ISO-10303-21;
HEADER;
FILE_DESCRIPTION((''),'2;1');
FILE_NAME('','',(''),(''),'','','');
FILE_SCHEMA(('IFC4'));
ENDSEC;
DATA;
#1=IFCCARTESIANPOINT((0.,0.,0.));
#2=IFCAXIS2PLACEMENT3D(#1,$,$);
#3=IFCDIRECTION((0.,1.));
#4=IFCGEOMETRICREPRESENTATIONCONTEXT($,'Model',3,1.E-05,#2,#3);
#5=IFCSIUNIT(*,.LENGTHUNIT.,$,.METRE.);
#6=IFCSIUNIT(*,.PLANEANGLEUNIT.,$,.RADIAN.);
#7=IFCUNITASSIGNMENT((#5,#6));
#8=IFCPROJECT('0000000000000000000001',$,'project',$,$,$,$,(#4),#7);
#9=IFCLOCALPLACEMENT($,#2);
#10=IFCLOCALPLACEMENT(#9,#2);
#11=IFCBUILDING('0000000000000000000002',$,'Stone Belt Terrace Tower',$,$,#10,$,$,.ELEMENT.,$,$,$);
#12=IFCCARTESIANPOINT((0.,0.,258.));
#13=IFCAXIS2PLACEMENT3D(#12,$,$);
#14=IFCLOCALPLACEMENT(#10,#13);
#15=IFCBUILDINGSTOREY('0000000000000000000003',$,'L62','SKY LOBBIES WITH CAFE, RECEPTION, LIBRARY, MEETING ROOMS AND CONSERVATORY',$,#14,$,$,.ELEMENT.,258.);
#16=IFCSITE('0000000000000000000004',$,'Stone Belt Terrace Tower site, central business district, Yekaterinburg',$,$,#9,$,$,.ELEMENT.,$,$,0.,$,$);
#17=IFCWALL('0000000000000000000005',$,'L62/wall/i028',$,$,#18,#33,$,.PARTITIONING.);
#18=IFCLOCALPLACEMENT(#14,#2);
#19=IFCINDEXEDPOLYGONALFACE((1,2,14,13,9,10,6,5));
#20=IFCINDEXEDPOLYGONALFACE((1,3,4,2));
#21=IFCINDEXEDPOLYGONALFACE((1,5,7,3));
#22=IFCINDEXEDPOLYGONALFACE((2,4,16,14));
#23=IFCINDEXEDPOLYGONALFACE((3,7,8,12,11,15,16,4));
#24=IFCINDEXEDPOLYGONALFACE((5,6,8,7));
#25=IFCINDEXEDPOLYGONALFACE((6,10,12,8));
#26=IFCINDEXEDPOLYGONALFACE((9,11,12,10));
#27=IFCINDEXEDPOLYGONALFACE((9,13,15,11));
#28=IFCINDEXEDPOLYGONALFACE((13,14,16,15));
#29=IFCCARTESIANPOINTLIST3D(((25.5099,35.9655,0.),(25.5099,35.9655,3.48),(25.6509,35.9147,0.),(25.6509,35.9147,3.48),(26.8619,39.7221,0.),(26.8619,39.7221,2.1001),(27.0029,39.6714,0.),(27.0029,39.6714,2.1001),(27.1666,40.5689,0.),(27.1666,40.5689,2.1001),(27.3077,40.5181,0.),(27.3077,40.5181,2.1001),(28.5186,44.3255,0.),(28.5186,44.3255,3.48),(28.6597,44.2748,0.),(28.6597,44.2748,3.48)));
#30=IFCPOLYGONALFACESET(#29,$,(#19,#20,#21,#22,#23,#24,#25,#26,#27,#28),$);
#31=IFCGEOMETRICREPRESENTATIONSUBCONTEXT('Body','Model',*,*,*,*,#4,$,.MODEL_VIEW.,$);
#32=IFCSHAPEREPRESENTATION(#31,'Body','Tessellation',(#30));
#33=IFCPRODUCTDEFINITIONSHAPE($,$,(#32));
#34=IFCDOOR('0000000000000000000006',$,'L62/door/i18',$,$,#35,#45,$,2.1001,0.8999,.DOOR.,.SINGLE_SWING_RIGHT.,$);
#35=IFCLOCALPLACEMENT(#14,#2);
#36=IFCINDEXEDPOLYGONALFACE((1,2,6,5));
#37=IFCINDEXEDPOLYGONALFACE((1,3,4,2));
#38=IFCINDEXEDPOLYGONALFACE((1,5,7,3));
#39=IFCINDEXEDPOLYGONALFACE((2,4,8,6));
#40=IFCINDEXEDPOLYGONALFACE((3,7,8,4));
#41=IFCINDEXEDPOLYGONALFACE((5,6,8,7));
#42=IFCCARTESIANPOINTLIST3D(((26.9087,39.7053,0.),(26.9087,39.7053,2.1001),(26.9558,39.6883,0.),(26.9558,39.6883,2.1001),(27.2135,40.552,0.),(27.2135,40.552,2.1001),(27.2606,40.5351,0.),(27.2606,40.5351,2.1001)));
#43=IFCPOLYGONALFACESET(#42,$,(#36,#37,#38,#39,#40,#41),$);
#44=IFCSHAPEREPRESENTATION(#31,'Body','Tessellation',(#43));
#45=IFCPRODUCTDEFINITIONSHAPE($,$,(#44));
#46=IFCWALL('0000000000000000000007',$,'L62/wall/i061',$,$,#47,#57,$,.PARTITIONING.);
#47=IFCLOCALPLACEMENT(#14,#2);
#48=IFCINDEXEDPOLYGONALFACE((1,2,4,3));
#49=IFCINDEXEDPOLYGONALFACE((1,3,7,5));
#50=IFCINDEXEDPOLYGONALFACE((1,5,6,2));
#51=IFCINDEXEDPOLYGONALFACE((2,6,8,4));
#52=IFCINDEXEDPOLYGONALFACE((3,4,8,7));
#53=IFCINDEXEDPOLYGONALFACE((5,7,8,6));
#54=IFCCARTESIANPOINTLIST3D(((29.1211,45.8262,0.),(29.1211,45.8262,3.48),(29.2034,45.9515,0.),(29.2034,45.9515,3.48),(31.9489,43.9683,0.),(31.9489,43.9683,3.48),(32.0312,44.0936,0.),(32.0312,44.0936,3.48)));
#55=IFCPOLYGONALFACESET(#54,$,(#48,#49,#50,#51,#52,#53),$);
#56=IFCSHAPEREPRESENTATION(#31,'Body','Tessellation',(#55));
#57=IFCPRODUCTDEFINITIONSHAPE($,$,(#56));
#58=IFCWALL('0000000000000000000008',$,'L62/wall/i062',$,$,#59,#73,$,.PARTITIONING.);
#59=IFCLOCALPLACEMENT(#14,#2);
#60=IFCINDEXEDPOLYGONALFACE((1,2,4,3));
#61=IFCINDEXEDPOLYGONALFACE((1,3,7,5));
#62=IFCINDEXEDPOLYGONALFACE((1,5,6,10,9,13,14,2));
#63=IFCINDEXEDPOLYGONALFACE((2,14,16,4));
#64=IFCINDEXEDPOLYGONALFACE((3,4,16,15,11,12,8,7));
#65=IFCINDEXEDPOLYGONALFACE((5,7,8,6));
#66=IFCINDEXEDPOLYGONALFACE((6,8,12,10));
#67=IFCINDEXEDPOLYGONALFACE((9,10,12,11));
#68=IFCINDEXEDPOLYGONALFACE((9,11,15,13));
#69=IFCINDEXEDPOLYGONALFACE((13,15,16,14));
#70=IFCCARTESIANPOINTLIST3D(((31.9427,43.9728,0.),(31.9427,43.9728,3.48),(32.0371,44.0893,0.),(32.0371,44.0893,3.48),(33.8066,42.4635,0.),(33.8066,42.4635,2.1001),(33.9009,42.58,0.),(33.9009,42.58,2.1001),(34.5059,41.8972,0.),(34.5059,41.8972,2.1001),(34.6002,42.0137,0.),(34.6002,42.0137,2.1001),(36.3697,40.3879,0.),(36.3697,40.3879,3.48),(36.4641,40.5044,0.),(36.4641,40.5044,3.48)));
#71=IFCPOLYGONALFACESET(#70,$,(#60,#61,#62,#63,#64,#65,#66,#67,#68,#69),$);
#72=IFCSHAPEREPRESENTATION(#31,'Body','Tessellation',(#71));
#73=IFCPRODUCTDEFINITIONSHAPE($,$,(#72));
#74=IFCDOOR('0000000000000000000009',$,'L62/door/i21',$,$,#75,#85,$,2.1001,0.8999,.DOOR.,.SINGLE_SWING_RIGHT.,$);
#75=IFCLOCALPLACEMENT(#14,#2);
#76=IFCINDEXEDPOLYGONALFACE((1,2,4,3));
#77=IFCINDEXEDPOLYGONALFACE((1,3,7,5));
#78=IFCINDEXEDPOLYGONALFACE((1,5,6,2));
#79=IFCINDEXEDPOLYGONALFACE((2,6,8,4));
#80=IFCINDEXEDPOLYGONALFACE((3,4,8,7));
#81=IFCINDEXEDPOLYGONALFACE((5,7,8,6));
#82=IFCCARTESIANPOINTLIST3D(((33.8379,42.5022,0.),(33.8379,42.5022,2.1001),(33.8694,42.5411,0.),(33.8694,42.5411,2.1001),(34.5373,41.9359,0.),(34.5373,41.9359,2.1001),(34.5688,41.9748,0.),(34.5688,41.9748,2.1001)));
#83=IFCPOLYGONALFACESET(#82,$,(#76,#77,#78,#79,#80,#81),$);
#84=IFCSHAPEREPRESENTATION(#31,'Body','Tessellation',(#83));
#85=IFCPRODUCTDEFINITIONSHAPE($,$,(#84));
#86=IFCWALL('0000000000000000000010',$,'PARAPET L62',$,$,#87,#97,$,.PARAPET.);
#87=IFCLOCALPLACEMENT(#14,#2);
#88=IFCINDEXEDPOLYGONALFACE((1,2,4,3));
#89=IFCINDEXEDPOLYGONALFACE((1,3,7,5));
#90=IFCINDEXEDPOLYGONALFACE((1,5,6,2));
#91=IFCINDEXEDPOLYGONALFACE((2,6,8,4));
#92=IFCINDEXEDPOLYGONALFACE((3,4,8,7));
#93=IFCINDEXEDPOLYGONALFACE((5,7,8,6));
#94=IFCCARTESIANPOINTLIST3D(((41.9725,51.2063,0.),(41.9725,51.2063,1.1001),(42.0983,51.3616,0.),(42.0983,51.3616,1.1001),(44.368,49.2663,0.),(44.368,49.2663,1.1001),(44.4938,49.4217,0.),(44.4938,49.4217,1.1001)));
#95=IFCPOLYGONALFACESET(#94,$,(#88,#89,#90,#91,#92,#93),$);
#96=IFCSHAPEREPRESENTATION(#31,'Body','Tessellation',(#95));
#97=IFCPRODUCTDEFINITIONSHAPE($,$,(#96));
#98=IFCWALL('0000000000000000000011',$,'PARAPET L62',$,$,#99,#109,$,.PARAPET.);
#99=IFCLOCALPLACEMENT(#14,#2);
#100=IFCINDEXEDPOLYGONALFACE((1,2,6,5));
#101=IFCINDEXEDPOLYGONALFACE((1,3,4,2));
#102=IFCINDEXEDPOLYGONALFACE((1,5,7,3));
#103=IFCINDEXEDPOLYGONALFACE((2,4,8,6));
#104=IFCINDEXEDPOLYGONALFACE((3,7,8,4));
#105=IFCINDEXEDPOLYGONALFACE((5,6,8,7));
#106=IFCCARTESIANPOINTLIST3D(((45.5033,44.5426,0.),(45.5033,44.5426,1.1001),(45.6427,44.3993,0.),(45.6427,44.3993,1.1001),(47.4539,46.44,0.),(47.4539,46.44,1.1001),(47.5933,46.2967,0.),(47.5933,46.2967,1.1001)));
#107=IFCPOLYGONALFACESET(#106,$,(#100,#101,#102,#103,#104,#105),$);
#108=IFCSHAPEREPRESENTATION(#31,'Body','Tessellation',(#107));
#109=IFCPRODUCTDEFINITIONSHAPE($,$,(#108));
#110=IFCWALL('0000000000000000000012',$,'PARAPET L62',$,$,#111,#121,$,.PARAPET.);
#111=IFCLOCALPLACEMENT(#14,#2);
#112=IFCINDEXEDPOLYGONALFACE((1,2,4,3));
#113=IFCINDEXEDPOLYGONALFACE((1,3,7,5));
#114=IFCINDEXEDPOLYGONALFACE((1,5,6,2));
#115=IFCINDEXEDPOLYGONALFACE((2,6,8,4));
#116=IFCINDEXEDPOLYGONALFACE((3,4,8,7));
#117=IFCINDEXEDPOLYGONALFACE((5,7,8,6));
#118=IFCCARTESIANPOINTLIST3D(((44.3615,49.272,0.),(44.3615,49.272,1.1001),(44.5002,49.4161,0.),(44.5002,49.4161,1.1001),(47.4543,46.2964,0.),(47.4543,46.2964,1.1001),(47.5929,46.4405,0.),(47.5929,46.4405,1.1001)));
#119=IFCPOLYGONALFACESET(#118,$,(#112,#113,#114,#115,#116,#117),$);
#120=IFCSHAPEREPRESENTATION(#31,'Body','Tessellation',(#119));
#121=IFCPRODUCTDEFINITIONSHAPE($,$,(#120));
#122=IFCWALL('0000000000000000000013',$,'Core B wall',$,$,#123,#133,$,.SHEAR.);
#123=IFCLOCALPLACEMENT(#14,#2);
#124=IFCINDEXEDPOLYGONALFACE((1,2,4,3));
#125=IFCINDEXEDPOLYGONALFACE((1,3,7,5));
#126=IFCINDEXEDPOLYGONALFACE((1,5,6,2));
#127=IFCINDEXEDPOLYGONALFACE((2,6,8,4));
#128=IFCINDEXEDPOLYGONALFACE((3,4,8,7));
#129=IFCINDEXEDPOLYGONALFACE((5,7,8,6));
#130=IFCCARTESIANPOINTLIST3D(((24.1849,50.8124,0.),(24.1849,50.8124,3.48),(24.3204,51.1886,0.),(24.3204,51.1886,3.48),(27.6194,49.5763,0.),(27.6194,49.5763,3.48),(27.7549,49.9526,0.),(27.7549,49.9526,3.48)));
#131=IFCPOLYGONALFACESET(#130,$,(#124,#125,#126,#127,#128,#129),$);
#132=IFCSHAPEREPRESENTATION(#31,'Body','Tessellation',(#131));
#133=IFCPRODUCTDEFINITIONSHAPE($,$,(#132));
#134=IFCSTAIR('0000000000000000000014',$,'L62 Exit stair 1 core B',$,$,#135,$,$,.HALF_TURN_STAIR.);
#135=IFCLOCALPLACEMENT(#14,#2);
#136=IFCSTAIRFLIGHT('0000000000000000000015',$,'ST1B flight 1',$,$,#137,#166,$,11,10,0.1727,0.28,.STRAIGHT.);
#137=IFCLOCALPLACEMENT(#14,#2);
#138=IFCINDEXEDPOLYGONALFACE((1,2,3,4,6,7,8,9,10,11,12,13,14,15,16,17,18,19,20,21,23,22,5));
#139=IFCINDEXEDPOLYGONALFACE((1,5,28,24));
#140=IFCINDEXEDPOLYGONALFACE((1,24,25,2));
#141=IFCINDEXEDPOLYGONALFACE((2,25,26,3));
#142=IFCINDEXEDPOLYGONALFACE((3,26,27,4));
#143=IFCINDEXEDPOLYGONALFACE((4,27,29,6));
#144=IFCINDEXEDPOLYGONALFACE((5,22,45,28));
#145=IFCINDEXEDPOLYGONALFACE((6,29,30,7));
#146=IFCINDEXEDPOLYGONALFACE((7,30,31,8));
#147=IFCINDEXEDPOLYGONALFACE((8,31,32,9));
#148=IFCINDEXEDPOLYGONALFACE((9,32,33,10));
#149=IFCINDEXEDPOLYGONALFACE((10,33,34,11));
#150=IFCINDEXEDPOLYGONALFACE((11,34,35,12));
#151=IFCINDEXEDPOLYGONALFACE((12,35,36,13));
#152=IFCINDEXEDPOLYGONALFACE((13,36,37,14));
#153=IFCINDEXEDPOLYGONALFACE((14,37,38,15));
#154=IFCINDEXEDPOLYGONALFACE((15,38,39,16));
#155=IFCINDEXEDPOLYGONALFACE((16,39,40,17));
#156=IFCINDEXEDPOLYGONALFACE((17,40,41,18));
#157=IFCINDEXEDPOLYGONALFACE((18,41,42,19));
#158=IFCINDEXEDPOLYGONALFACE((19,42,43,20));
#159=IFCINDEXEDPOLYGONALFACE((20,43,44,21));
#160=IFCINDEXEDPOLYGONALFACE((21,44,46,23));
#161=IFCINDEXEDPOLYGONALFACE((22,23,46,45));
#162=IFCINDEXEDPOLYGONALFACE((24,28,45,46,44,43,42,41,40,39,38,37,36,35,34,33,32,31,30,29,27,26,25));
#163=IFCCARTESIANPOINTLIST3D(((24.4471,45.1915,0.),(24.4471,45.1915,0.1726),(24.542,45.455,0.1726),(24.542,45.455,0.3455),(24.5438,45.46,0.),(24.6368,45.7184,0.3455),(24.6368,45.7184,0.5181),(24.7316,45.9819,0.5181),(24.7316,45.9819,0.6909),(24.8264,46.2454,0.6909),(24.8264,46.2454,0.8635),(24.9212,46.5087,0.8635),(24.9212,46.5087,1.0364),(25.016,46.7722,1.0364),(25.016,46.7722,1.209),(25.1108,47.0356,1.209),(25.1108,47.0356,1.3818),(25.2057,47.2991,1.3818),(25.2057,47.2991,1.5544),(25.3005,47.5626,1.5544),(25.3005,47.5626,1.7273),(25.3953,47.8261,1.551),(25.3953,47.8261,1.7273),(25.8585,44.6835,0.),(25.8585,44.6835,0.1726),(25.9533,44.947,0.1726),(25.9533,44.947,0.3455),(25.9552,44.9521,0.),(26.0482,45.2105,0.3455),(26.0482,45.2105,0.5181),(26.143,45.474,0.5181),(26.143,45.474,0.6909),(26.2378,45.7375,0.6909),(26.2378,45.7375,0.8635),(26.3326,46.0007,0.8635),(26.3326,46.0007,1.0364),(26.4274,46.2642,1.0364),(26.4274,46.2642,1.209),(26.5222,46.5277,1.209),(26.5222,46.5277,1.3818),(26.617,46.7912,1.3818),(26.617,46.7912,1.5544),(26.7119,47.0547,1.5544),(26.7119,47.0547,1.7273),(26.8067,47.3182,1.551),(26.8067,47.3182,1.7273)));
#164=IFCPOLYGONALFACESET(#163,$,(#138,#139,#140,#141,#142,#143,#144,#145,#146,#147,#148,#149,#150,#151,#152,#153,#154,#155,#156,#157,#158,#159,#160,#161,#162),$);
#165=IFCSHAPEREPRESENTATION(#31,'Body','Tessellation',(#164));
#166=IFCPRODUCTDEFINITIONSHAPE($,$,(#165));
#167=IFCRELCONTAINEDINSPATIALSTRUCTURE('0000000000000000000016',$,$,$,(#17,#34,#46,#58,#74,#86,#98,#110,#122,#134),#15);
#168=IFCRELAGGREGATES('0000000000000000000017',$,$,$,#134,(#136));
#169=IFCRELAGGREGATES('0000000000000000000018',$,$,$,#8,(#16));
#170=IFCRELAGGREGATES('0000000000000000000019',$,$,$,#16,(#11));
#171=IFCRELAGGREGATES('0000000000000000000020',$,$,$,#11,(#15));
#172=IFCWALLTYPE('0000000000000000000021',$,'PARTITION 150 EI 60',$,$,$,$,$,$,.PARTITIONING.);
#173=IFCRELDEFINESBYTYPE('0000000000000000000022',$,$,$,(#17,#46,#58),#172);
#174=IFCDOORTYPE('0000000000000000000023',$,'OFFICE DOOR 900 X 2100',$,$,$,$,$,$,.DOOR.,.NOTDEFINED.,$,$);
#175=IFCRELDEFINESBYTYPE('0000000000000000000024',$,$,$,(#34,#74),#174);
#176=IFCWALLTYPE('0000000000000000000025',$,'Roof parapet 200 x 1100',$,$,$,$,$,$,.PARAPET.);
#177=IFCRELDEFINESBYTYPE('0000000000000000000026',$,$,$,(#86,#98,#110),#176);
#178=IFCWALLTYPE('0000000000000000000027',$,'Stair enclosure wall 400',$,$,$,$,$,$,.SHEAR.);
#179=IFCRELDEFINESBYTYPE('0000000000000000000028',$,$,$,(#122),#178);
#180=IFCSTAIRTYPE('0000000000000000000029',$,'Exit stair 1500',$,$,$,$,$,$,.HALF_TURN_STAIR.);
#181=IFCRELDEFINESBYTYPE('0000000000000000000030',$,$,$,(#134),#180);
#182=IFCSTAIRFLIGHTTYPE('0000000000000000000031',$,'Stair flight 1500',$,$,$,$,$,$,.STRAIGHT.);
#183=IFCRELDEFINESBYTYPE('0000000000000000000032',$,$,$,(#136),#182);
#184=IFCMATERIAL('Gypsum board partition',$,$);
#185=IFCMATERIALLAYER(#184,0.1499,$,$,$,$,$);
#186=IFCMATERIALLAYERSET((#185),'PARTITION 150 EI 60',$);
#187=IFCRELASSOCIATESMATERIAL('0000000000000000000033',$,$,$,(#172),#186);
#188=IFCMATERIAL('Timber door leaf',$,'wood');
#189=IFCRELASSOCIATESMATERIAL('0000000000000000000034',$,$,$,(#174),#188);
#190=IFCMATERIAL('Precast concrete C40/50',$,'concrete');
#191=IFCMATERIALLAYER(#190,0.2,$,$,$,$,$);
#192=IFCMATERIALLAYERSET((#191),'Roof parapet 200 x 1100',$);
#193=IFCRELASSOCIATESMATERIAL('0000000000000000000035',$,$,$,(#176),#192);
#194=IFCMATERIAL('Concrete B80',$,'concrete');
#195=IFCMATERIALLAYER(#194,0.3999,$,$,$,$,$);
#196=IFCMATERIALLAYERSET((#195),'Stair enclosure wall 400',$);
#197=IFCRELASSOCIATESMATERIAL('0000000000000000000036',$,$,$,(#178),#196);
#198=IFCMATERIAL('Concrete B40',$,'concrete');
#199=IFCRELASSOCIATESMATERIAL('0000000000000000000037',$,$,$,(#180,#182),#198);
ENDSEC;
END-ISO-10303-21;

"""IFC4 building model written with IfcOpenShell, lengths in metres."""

from ifc_helpers import new_model, si_unit, direction, frame, frame_2d, origin, place, context, subcontext, project, spatial, polyline, rectangle, outline, extrude, material, layer, layer_set, type_object, element, fill, aggregate, save


model = new_model("IFC4")

# Units and contexts
model_context = context("Model", 3, precision=1e-05, world=origin(), true_north=direction((0.0, 1.0)))
body_context = subcontext(model_context, "Body", "Model", "MODEL_VIEW")
ifc_project = project(units=[si_unit("LENGTHUNIT", "METRE"), si_unit("PLANEANGLEUNIT", "RADIAN")], contexts=[model_context])

# Site, building, storey
site_placement = place(None, origin())
site = spatial("IfcSite", under=ifc_project, at=site_placement, Name="Stone Belt Terrace Tower site, central business district, Yekaterinburg", CompositionType="ELEMENT", RefElevation=0.0)
building_placement = place(site_placement, origin())
building = spatial("IfcBuilding", under=site, at=building_placement, Name="Stone Belt Terrace Tower", CompositionType="ELEMENT")
storey_placement = place(building_placement, frame((0.0, 0.0, 258.0)))
storey = spatial("IfcBuildingStorey", under=building, at=storey_placement, Name="L62", Description="SKY LOBBIES WITH CAFE, RECEPTION, LIBRARY, MEETING ROOMS AND CONSERVATORY", CompositionType="ELEMENT", Elevation=258.0)

# Shared definitions
ifc_material_1 = material(Name="Timber door leaf", Category="wood")

# Wall, opening, door
ifc_material_2 = material(Name="Gypsum board partition")
ifc_layer_1 = layer(ifc_material_2, 0.1499)
ifc_layer_set_1 = layer_set([ifc_layer_1], Name="PARTITION 150 EI 60")
wall_type_1 = type_object("IfcWallType", Name="PARTITION 150 EI 60", PredefinedType="PARTITIONING", material=ifc_layer_set_1)
wall_1_placement = place(storey_placement, frame((28.5891, 44.3, 0.0), z_axis=(0.0, 0.0, 1.0), x_axis=(-0.338635, -0.940918, 0.0)))
wall_1 = element("IfcWall", 1, at=wall_1_placement, inside=storey, type_object=wall_type_1, Name="L62/wall/i028", PredefinedType="PARTITIONING", context=body_context, shape_type="SweptSolid", body=[
    extrude(rectangle(XDim=8.885, YDim=0.1499, at=frame_2d((4.4424, 0.0))), origin(), (0.0, 0.0, 1.0), 3.48),
])
opening_1_placement = place(wall_1_placement, frame((3.9924, 0.0, 0.0)))
opening_1 = element("IfcOpeningElement", 2, at=opening_1_placement, cuts=wall_1, PredefinedType="OPENING", context=body_context, shape_type="SweptSolid", body=[
    extrude(rectangle(XDim=0.8999, YDim=2.1001, at=frame_2d((0.45, 1.05))), frame((0.0, 0.085, 0.0), z_axis=(0.0, -1.0, 0.0), x_axis=(1.0, 0.0, 0.0)), (0.0, 0.0, 1.0), 0.1699),
])
door_type_1 = type_object("IfcDoorType", Name="OFFICE DOOR 900 X 2100", OperationType="NOTDEFINED", PredefinedType="DOOR", material=ifc_material_1)
door_1_placement = place(opening_1_placement, origin())
door_1 = element("IfcDoor", 3, at=door_1_placement, inside=storey, type_object=door_type_1, Name="L62/door/i18", OperationType="SINGLE_SWING_RIGHT", OverallHeight=2.1001, OverallWidth=0.8999, PredefinedType="DOOR", context=body_context, shape_type="SweptSolid", body=[
    extrude(rectangle(XDim=0.8999, YDim=2.1001, at=frame_2d((0.45, 1.05))), frame((0.0, 0.0249, 0.0), z_axis=(0.0, -1.0, 0.0), x_axis=(1.0, 0.0, 0.0)), (0.0, 0.0, 1.0), 0.05),
])
fill(opening_1, door_1)

# Wall
wall_2_placement = place(storey_placement, frame((29.1621, 45.8889, 0.0), z_axis=(0.0, 0.0, 1.0), x_axis=(0.835761, -0.549093, 0.0)))
element("IfcWall", 4, at=wall_2_placement, inside=storey, type_object=wall_type_1, Name="L62/wall/i061", PredefinedType="PARTITIONING", context=body_context, shape_type="SweptSolid", body=[
    extrude(rectangle(XDim=3.3835, YDim=0.1499, at=frame_2d((1.6919, 0.0))), origin(), (0.0, 0.0, 1.0), 3.48),
])

# Wall, opening, door
wall_3_placement = place(storey_placement, frame((31.99, 44.031, 0.0), z_axis=(0.0, 0.0, 1.0), x_axis=(0.777142, -0.629325, 0.0)))
wall_3 = element("IfcWall", 5, at=wall_3_placement, inside=storey, type_object=wall_type_1, Name="L62/wall/i062", PredefinedType="PARTITIONING", context=body_context, shape_type="SweptSolid", body=[
    extrude(rectangle(XDim=5.6965, YDim=0.1499, at=frame_2d((2.8481, 0.0))), origin(), (0.0, 0.0, 1.0), 3.48),
])
opening_2_placement = place(wall_3_placement, frame((2.3982, 0.0, 0.0)))
opening_2 = element("IfcOpeningElement", 6, at=opening_2_placement, cuts=wall_3, PredefinedType="OPENING", context=body_context, shape_type="SweptSolid", body=[
    extrude(rectangle(XDim=0.8999, YDim=2.1001, at=frame_2d((0.45, 1.05))), frame((0.0, 0.085, 0.0), z_axis=(0.0, -1.0, 0.0), x_axis=(1.0, 0.0, 0.0)), (0.0, 0.0, 1.0), 0.1699),
])
door_2_placement = place(opening_2_placement, origin())
door_2 = element("IfcDoor", 7, at=door_2_placement, inside=storey, type_object=door_type_1, Name="L62/door/i21", OperationType="SINGLE_SWING_RIGHT", OverallHeight=2.1001, OverallWidth=0.8999, PredefinedType="DOOR", context=body_context, shape_type="SweptSolid", body=[
    extrude(rectangle(XDim=0.8999, YDim=2.1001, at=frame_2d((0.45, 1.05))), frame((0.0, 0.0249, 0.0), z_axis=(0.0, -1.0, 0.0), x_axis=(1.0, 0.0, 0.0)), (0.0, 0.0, 1.0), 0.05),
])
fill(opening_2, door_2)

# Walls
ifc_material_3 = material(Name="Precast concrete C40/50", Category="concrete")
ifc_layer_2 = layer(ifc_material_3, 0.2)
ifc_layer_set_2 = layer_set([ifc_layer_2], Name="Roof parapet 200 x 1100")
wall_type_2 = type_object("IfcWallType", Name="Roof parapet 200 x 1100", PredefinedType="PARAPET", material=ifc_layer_set_2)
wall_4_placement = place(storey_placement, frame((44.4309, 49.344, 0.0), z_axis=(0.0, 0.0, 1.0), x_axis=(-0.777131, 0.629339, 0.0)))
element("IfcWall", 8, at=wall_4_placement, inside=storey, type_object=wall_type_2, Name="PARAPET L62", PredefinedType="PARAPET", context=body_context, shape_type="SweptSolid", body=[
    extrude(rectangle(XDim=3.0825, YDim=0.2, at=frame_2d((1.5413, 0.0))), origin(), (0.0, 0.0, 1.0), 1.1001),
])
wall_5_placement = place(storey_placement, frame((45.573, 44.4709, 0.0), z_axis=(0.0, 0.0, 1.0), x_axis=(0.716818, 0.69726, 0.0)))
element("IfcWall", 9, at=wall_5_placement, inside=storey, type_object=wall_type_2, Name="PARAPET L62", PredefinedType="PARAPET", context=body_context, shape_type="SweptSolid", body=[
    extrude(rectangle(XDim=2.7212, YDim=0.2, at=frame_2d((1.3606, 0.0))), origin(), (0.0, 0.0, 1.0), 1.1001),
])
wall_6_placement = place(storey_placement, frame((47.5237, 46.3684, 0.0), z_axis=(0.0, 0.0, 1.0), x_axis=(-0.720628, 0.693322, 0.0)))
element("IfcWall", 10, at=wall_6_placement, inside=storey, type_object=wall_type_2, Name="PARAPET L62", PredefinedType="PARAPET", context=body_context, shape_type="SweptSolid", body=[
    extrude(rectangle(XDim=4.2917, YDim=0.2, at=frame_2d((2.146, 0.0))), origin(), (0.0, 0.0, 1.0), 1.1001),
])
ifc_material_4 = material(Name="Concrete B80", Category="concrete")
ifc_layer_3 = layer(ifc_material_4, 0.3999)
ifc_layer_set_3 = layer_set([ifc_layer_3], Name="Stair enclosure wall 400")
wall_type_3 = type_object("IfcWallType", Name="Stair enclosure wall 400", PredefinedType="SHEAR", material=ifc_layer_set_3)
wall_7_placement = place(storey_placement, frame((27.6873, 49.7644, 0.0), z_axis=(0.0, 0.0, 1.0), x_axis=(-0.940919, 0.338632, 0.0)))
element("IfcWall", 11, at=wall_7_placement, inside=storey, type_object=wall_type_3, Name="Core B wall", PredefinedType="SHEAR", context=body_context, shape_type="SweptSolid", body=[
    extrude(rectangle(XDim=3.6501, YDim=0.3999, at=frame_2d((1.8252, 0.0))), origin(), (0.0, 0.0, 1.0), 3.48),
])

# Stair, stair flight
ifc_material_5 = material(Name="Concrete B40", Category="concrete")
stair_type = type_object("IfcStairType", Name="Exit stair 1500", PredefinedType="HALF_TURN_STAIR", material=ifc_material_5)
stair_placement = place(storey_placement, origin())
stair = element("IfcStair", 12, at=stair_placement, inside=storey, type_object=stair_type, Name="L62 Exit stair 1 core B", PredefinedType="HALF_TURN_STAIR")
stair_flight_type = type_object("IfcStairFlightType", Name="Stair flight 1500", PredefinedType="STRAIGHT", material=ifc_material_5)
stair_flight_1_placement = place(storey_placement, frame((25.1528, 44.9375, 0.0), z_axis=(0.0, 0.0, 1.0), x_axis=(0.338624, 0.940922, 0.0)))
stair_flight_1 = element("IfcStairFlight", 13, at=stair_flight_1_placement, type_object=stair_flight_type, Name="ST1B flight 1", NumberOfRisers=11, NumberOfTreads=10, PredefinedType="STRAIGHT", RiserHeight=0.1727, TreadLength=0.28, context=body_context, shape_type="SweptSolid", body=[
    extrude(outline(polyline([(0.0, 0.0), (0.0, 0.1726), (0.28, 0.1726), (0.28, 0.3455), (0.5601, 0.3455), (0.5601, 0.5181), (0.8401, 0.5181), (0.8401, 0.6909), (1.1201, 0.6909), (1.1201, 0.8635), (1.3999, 0.8635), (1.3999, 1.0364), (1.6799, 1.0364), (1.6799, 1.209), (1.96, 1.209), (1.96, 1.3818), (2.24, 1.3818), (2.24, 1.5544), (2.52, 1.5544), (2.52, 1.7273), (2.8, 1.7273), (2.8, 1.8999), (2.8, 1.551), (0.2854, 0.0), (0.0, 0.0)])), frame((0.0, 0.75, 0.0), z_axis=(0.0, -1.0, 0.0), x_axis=(1.0, 0.0, 0.0)), (0.0, 0.0, 1.0), 1.5),
])
aggregate(stair, [stair_flight_1])

save(model, "model.ifc")
